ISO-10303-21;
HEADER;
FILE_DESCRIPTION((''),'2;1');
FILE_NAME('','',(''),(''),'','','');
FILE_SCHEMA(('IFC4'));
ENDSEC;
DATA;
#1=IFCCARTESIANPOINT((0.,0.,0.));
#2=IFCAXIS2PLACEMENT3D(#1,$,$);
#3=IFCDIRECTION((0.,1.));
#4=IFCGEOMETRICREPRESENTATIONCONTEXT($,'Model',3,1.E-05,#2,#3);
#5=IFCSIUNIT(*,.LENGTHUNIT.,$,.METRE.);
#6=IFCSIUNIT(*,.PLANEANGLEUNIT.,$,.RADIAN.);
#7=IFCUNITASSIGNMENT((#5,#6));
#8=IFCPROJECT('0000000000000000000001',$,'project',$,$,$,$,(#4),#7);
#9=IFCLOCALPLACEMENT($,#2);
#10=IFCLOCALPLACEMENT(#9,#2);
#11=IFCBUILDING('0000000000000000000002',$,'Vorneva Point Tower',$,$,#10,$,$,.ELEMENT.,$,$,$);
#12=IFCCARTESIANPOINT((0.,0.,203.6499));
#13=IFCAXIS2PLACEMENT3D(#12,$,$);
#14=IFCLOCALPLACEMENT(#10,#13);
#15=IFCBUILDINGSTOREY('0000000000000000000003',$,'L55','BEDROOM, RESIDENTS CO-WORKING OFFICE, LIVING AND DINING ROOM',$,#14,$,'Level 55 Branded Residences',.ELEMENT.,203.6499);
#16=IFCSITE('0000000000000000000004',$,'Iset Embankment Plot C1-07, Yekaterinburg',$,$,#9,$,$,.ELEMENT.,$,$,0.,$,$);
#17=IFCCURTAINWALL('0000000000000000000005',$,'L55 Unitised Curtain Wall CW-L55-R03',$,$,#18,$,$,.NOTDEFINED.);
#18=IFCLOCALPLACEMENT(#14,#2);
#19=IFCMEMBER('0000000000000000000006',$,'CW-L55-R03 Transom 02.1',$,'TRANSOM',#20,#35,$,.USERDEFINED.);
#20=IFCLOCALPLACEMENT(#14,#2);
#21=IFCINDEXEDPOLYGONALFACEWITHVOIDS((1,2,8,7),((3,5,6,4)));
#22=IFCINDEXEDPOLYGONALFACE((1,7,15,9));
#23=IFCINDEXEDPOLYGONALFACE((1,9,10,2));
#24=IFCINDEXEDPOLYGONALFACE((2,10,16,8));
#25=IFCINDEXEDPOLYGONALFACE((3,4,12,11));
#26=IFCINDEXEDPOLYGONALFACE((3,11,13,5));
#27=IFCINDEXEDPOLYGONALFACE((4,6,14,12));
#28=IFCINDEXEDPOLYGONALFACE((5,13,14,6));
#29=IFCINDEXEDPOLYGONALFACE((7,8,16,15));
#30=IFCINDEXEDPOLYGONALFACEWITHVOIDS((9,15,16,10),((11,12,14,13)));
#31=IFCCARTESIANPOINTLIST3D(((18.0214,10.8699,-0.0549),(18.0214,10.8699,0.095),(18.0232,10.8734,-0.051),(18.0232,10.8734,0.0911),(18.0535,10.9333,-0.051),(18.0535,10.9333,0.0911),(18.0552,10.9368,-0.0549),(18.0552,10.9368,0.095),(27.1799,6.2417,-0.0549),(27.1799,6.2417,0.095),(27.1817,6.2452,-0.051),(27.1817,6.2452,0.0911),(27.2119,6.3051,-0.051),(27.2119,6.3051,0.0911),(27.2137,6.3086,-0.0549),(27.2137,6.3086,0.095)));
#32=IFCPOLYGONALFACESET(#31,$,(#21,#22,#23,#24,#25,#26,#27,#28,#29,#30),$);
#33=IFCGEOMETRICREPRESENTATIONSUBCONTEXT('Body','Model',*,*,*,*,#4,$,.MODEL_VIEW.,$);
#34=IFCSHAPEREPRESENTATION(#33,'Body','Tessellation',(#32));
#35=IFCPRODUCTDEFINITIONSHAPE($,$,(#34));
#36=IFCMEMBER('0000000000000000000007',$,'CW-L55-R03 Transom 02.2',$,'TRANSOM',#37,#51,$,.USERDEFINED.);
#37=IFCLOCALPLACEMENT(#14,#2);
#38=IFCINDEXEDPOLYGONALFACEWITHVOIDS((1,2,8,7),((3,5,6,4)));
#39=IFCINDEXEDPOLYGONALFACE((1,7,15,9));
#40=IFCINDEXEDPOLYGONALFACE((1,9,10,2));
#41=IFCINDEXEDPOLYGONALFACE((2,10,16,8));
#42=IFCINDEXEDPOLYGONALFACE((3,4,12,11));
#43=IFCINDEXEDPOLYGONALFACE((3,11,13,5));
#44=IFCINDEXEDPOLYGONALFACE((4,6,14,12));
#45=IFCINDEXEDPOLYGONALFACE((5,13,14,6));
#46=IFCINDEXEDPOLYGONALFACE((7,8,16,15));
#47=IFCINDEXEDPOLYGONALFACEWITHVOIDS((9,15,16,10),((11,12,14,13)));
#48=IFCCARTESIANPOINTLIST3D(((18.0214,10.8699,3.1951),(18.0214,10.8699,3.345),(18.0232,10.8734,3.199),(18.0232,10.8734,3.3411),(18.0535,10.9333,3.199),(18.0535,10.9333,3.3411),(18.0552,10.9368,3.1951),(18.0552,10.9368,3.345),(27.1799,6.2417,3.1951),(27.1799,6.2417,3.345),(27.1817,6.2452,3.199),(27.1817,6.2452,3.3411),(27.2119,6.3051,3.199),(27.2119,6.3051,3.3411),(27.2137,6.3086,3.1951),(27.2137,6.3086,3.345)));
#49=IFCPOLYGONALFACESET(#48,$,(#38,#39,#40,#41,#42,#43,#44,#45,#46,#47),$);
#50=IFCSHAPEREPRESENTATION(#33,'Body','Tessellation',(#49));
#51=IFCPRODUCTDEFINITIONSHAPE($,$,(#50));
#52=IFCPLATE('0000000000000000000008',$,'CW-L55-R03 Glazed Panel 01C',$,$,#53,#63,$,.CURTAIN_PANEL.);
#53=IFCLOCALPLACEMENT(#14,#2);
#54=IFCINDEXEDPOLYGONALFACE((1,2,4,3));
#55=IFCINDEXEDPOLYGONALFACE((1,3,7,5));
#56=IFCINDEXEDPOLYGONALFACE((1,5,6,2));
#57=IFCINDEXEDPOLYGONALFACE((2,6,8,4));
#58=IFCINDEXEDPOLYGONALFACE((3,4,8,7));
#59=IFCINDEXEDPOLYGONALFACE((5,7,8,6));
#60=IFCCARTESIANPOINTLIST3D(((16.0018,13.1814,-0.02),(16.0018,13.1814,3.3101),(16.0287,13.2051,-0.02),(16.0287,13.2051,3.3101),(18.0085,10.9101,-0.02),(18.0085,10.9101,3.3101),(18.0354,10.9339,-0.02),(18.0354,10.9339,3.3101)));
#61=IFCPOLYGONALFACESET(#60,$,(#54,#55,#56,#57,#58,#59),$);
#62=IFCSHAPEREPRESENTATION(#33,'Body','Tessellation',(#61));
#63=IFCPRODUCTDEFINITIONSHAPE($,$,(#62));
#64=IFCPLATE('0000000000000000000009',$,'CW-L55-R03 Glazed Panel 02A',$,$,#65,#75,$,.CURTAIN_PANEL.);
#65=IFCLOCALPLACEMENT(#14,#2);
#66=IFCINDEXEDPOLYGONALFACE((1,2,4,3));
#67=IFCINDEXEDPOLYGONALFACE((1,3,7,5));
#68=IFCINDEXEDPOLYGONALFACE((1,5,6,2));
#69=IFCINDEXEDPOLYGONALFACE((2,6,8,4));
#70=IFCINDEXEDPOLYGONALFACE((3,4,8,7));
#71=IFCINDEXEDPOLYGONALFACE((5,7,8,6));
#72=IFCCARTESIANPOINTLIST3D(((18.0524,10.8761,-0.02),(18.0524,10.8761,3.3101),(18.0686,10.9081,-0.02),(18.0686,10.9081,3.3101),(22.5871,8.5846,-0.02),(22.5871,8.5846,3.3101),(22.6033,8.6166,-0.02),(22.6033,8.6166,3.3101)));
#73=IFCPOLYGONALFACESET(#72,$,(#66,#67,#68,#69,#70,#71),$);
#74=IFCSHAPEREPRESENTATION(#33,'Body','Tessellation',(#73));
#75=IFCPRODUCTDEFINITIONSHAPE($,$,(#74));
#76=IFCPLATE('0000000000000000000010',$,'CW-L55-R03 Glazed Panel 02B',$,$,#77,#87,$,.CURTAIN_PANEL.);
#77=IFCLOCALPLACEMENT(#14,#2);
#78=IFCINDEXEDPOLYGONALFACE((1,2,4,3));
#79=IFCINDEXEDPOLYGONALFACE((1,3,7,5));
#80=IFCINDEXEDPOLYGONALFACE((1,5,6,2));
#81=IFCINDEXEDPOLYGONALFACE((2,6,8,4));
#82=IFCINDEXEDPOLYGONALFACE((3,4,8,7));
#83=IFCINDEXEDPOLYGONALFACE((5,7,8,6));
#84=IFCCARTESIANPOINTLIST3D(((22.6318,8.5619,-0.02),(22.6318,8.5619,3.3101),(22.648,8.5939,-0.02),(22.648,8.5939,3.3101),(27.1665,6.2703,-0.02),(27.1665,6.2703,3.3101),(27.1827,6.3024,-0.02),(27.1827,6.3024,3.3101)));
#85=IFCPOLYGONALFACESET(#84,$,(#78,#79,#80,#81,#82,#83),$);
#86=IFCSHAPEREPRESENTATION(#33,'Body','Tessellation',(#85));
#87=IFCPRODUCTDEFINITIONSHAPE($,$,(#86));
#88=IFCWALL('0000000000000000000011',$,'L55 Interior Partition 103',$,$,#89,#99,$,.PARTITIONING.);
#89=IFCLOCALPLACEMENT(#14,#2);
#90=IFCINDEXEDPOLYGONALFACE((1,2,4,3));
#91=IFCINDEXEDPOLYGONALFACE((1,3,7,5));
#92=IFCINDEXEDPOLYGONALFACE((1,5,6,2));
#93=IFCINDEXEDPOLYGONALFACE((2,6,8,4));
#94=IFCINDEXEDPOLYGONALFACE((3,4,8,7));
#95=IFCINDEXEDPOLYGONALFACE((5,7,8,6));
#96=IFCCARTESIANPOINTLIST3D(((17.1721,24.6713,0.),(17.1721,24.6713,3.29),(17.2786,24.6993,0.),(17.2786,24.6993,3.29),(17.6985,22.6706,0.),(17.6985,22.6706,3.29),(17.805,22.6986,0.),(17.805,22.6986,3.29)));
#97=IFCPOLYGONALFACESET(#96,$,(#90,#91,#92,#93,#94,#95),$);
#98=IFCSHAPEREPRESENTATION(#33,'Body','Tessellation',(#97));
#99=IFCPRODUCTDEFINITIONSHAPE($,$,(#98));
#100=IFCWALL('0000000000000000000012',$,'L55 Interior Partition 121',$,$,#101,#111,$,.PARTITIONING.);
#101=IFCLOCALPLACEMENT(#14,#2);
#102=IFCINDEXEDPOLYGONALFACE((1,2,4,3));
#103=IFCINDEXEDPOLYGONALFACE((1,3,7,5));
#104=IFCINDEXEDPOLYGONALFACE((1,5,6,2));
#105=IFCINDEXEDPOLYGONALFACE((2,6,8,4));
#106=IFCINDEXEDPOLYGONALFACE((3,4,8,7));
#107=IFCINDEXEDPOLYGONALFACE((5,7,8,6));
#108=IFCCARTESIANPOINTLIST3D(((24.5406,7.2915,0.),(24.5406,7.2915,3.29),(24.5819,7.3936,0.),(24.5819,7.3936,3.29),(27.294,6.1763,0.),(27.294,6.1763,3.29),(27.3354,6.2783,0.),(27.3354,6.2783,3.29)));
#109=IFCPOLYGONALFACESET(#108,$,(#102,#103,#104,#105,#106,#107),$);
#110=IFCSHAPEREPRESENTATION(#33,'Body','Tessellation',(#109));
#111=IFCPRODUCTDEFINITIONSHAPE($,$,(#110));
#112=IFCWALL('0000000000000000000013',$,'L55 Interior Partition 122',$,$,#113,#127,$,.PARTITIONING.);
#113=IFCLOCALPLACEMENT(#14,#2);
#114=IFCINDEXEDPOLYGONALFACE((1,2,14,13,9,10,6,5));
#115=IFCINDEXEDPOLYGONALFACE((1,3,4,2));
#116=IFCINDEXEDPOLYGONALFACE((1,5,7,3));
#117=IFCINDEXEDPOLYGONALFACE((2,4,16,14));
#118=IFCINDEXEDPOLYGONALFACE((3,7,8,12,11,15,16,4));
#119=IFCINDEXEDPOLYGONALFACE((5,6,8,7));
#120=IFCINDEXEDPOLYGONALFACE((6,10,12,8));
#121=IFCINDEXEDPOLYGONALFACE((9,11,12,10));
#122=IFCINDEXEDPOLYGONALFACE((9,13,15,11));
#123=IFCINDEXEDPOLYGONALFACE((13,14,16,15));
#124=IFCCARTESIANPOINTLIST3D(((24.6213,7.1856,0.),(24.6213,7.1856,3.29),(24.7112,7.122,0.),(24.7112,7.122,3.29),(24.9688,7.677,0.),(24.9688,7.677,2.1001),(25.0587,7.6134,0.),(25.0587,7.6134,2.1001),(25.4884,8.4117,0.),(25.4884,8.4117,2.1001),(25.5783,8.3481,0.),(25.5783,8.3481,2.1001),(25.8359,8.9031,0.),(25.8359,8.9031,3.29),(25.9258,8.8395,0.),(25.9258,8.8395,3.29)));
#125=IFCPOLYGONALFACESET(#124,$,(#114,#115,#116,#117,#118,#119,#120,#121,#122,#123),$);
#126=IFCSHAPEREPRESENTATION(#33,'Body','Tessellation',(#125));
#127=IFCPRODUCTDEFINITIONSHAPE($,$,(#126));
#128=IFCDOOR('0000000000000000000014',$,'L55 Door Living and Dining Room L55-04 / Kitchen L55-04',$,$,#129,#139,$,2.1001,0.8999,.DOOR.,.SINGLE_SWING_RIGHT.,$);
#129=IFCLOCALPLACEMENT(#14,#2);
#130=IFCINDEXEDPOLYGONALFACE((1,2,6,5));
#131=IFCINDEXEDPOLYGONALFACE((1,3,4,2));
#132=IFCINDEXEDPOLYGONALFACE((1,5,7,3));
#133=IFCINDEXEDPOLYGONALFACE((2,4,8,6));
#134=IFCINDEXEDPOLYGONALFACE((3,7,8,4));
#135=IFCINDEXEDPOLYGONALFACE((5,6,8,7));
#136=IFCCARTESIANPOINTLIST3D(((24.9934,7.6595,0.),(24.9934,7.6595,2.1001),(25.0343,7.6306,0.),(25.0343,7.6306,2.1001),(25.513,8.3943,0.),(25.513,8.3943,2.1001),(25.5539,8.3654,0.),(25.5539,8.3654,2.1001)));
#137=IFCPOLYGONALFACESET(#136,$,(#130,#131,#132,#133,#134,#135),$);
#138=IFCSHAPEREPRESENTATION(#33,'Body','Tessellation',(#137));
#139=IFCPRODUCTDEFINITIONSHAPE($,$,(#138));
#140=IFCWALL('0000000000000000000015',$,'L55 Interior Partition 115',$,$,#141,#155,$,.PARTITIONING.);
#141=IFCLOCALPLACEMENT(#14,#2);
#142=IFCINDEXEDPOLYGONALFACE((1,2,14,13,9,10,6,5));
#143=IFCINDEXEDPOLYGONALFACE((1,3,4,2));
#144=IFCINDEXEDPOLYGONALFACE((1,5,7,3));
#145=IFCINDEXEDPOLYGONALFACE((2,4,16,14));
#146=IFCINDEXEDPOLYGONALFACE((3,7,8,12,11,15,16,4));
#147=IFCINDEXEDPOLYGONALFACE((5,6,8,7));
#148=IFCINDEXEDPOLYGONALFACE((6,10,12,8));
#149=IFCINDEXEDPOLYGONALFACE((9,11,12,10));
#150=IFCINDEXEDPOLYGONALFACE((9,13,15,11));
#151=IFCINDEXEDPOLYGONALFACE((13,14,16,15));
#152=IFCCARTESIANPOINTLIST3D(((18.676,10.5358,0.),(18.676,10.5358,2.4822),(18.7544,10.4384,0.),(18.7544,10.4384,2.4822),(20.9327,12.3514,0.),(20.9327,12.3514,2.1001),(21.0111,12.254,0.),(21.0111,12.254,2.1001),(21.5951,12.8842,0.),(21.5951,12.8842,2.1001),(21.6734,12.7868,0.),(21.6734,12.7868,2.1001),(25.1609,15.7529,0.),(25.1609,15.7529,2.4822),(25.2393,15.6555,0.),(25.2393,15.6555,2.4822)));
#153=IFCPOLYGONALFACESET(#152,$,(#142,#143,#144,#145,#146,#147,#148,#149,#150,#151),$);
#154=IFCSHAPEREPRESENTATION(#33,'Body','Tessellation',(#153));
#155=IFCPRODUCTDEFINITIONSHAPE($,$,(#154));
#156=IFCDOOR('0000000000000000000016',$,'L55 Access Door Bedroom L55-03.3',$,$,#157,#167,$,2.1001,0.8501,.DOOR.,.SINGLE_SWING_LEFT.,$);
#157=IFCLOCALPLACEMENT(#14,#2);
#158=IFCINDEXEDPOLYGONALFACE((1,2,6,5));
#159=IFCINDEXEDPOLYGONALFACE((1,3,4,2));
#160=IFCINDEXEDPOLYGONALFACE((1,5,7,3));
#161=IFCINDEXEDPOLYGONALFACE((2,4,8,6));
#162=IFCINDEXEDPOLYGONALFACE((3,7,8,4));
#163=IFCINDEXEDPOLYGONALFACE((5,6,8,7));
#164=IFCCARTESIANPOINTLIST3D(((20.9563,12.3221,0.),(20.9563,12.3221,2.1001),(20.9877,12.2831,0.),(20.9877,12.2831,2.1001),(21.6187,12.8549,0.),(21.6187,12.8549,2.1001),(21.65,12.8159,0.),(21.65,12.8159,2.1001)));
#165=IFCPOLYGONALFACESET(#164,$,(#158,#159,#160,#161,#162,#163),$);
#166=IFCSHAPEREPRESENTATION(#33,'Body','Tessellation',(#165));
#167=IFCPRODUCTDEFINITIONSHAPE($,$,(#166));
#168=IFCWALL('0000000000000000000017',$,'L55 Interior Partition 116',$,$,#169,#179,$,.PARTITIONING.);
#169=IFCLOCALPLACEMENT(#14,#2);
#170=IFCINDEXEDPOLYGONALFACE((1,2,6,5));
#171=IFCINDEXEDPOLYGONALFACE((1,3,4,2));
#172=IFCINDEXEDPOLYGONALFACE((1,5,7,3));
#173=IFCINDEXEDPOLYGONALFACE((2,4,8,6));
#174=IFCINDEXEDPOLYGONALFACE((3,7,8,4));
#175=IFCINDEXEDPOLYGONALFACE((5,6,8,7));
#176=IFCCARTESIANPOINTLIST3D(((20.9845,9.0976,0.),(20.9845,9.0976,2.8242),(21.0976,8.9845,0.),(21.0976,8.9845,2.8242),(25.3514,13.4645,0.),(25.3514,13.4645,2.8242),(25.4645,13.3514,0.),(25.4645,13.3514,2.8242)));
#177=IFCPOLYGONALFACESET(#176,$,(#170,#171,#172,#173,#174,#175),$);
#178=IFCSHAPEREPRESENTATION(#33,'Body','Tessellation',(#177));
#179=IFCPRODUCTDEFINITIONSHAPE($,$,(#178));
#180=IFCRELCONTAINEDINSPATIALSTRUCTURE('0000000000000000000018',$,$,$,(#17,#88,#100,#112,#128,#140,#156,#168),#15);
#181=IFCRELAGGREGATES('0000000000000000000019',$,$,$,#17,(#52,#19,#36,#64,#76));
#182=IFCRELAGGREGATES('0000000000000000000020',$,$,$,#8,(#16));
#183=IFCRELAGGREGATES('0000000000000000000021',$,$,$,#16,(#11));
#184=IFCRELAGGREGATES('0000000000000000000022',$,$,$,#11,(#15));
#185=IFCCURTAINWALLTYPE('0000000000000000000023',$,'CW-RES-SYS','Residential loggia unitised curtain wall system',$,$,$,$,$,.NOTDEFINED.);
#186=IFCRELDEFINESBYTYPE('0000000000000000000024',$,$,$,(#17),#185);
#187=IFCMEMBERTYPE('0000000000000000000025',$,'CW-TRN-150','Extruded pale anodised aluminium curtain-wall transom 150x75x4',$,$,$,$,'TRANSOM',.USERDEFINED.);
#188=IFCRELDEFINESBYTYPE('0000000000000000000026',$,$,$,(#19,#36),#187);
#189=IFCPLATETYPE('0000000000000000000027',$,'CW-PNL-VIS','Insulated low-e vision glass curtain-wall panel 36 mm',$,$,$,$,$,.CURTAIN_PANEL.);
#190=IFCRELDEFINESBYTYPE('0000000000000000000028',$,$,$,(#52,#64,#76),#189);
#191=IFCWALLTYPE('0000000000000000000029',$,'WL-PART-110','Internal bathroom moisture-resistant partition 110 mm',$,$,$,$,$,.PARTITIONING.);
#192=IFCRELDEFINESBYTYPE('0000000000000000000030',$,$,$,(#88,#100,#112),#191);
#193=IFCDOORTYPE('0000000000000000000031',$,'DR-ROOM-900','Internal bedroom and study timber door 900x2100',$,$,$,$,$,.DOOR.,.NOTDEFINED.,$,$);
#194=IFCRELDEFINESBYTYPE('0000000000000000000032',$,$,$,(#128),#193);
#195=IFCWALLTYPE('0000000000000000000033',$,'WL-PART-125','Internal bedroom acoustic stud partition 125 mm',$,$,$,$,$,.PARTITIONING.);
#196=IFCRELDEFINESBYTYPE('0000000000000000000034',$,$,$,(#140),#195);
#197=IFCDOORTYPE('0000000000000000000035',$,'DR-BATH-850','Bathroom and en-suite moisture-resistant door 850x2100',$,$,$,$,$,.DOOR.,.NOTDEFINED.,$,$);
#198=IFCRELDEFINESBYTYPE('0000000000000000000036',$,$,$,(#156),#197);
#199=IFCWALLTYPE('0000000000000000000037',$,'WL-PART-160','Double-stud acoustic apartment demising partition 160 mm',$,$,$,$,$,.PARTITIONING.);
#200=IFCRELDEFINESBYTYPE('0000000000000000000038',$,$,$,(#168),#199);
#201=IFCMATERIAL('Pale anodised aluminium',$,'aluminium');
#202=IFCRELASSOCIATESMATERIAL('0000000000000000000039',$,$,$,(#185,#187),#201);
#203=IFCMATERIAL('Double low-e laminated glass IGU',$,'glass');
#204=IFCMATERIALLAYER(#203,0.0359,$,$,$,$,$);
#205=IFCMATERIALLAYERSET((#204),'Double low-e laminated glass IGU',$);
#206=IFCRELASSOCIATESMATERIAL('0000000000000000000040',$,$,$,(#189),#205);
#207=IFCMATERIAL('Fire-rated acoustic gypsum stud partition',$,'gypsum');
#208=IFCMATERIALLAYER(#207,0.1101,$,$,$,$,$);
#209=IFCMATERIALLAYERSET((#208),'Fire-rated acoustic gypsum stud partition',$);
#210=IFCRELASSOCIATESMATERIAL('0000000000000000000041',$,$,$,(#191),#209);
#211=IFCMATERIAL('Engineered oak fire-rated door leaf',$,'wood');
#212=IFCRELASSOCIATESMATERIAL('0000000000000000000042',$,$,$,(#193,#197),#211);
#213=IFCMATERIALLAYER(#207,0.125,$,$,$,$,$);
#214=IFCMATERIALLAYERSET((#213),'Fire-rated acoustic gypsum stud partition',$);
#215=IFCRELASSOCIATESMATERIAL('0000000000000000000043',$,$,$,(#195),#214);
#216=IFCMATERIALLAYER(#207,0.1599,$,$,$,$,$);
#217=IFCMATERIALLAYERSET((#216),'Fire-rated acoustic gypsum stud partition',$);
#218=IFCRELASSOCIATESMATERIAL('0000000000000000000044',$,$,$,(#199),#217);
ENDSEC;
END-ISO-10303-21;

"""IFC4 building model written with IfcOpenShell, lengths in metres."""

from ifc_helpers import new_model, si_unit, direction, frame, frame_2d, origin, origin_2d, place, context, subcontext, project, spatial, rectangle, hollow_rectangle, extrude, material, layer, layer_set, material_profile, profile_set, type_object, element, fill, aggregate, save


model = new_model("IFC4")

# Units and contexts
model_context = context("Model", 3, precision=1e-05, world=origin(), true_north=direction((0.0, 1.0)))
body_context = subcontext(model_context, "Body", "Model", "MODEL_VIEW")
ifc_project = project(units=[si_unit("LENGTHUNIT", "METRE"), si_unit("PLANEANGLEUNIT", "RADIAN")], contexts=[model_context])

# Site, building, storey
site_placement = place(None, origin())
site = spatial("IfcSite", under=ifc_project, at=site_placement, Name="Iset Embankment Plot C1-07, Yekaterinburg", CompositionType="ELEMENT", RefElevation=0.0)
building_placement = place(site_placement, origin())
building = spatial("IfcBuilding", under=site, at=building_placement, Name="Vorneva Point Tower", CompositionType="ELEMENT")
storey_placement = place(building_placement, frame((0.0, 0.0, 203.6499)))
storey = spatial("IfcBuildingStorey", under=building, at=storey_placement, Name="L55", Description="BEDROOM, RESIDENTS CO-WORKING OFFICE, LIVING AND DINING ROOM", LongName="Level 55 Branded Residences", CompositionType="ELEMENT", Elevation=203.6499)

# Curtain wall, members, plates
ifc_material_1 = material(Name="Pale anodised aluminium", Category="aluminium")
curtain_wall_type = type_object("IfcCurtainWallType", Name="CW-RES-SYS", Description="Residential loggia unitised curtain wall system", PredefinedType="NOTDEFINED", material=ifc_material_1)
curtain_wall_placement = place(storey_placement, origin())
curtain_wall = element("IfcCurtainWall", 1, at=curtain_wall_placement, inside=storey, type_object=curtain_wall_type, Name="L55 Unitised Curtain Wall CW-L55-R03", PredefinedType="NOTDEFINED")
ifc_material_profile_1 = material_profile(ifc_material_1, hollow_rectangle(XDim=0.075, YDim=0.1499, WallThickness=0.0039, at=origin_2d()), Name="AL-TRN 150x75x4")
ifc_profile_set_1 = profile_set([ifc_material_profile_1], Name="Pale anodised aluminium")
member_type_1 = type_object("IfcMemberType", Name="CW-TRN-150", Description="Extruded pale anodised aluminium curtain-wall transom 150x75x4", ElementType="TRANSOM", PredefinedType="USERDEFINED", material=ifc_profile_set_1)
member_1_placement = place(storey_placement, frame((18.0383, 10.9033, 0.02), z_axis=(0.892511, -0.451026, 0.0), x_axis=(0.451026, 0.892511, 0.0)))
member_1 = element("IfcMember", 2, at=member_1_placement, type_object=member_type_1, Name="CW-L55-R03 Transom 02.1", ObjectType="TRANSOM", PredefinedType="USERDEFINED", context=body_context, shape_type="SweptSolid", body=[
    extrude(hollow_rectangle(XDim=0.075, YDim=0.1499, WallThickness=0.0039, at=origin_2d()), origin(), (0.0, 0.0, 1.0), 10.2615),
])
member_2_placement = place(storey_placement, frame((18.0383, 10.9033, 3.27), z_axis=(0.892511, -0.451026, 0.0), x_axis=(0.451026, 0.892511, 0.0)))
member_2 = element("IfcMember", 3, at=member_2_placement, type_object=member_type_1, Name="CW-L55-R03 Transom 02.2", ObjectType="TRANSOM", PredefinedType="USERDEFINED", context=body_context, shape_type="SweptSolid", body=[
    extrude(hollow_rectangle(XDim=0.075, YDim=0.1499, WallThickness=0.0039, at=origin_2d()), origin(), (0.0, 0.0, 1.0), 10.2615),
])
ifc_material_2 = material(Name="Double low-e laminated glass IGU", Category="glass")
ifc_layer_1 = layer(ifc_material_2, 0.0359)
ifc_layer_set_1 = layer_set([ifc_layer_1], Name="Double low-e laminated glass IGU")
plate_type = type_object("IfcPlateType", Name="CW-PNL-VIS", Description="Insulated low-e vision glass curtain-wall panel 36 mm", PredefinedType="CURTAIN_PANEL", material=ifc_layer_set_1)
plate_1_placement = place(storey_placement, frame((17.0186, 12.0576, -0.02), z_axis=(0.0, 0.0, 1.0), x_axis=(0.66211, -0.749407, 0.0)))
plate_1 = element("IfcPlate", 4, at=plate_1_placement, type_object=plate_type, Name="CW-L55-R03 Glazed Panel 01C", PredefinedType="CURTAIN_PANEL", context=body_context, shape_type="SweptSolid", body=[
    extrude(rectangle(XDim=3.0308, YDim=0.0359, at=origin_2d()), origin(), (0.0, 0.0, 1.0), 3.3301),
])
plate_2_placement = place(storey_placement, frame((20.3279, 9.7463, -0.02), z_axis=(0.0, 0.0, 1.0), x_axis=(0.892515, -0.451018, 0.0)))
plate_2 = element("IfcPlate", 5, at=plate_2_placement, type_object=plate_type, Name="CW-L55-R03 Glazed Panel 02A", PredefinedType="CURTAIN_PANEL", context=body_context, shape_type="SweptSolid", body=[
    extrude(rectangle(XDim=5.0808, YDim=0.0359, at=origin_2d()), origin(), (0.0, 0.0, 1.0), 3.3301),
])
plate_3_placement = place(storey_placement, frame((24.9072, 7.4321, -0.02), z_axis=(0.0, 0.0, 1.0), x_axis=(0.892515, -0.451018, 0.0)))
plate_3 = element("IfcPlate", 6, at=plate_3_placement, type_object=plate_type, Name="CW-L55-R03 Glazed Panel 02B", PredefinedType="CURTAIN_PANEL", context=body_context, shape_type="SweptSolid", body=[
    extrude(rectangle(XDim=5.0808, YDim=0.0359, at=origin_2d()), origin(), (0.0, 0.0, 1.0), 3.3301),
])
aggregate(curtain_wall, [plate_1, member_1, member_2, plate_2, plate_3])

# Walls
ifc_material_3 = material(Name="Fire-rated acoustic gypsum stud partition", Category="gypsum")
ifc_layer_2 = layer(ifc_material_3, 0.1101)
ifc_layer_set_2 = layer_set([ifc_layer_2], Name="Fire-rated acoustic gypsum stud partition")
wall_type_1 = type_object("IfcWallType", Name="WL-PART-110", Description="Internal bathroom moisture-resistant partition 110 mm", PredefinedType="PARTITIONING", material=ifc_layer_set_2)
wall_1_placement = place(storey_placement, frame((17.7517, 22.6846, 0.0), z_axis=(0.0, 0.0, 1.0), x_axis=(-0.254429, 0.967091, 0.0)))
element("IfcWall", 7, at=wall_1_placement, inside=storey, type_object=wall_type_1, Name="L55 Interior Partition 103", PredefinedType="PARTITIONING", context=body_context, shape_type="SweptSolid", body=[
    extrude(rectangle(XDim=2.0688, YDim=0.1101, at=frame_2d((1.0344, 0.0))), origin(), (0.0, 0.0, 1.0), 3.29),
])
wall_2_placement = place(storey_placement, frame((24.5613, 7.3425, 0.0), z_axis=(0.0, 0.0, 1.0), x_axis=(0.926858, -0.375411, 0.0)))
element("IfcWall", 8, at=wall_2_placement, inside=storey, type_object=wall_type_1, Name="L55 Interior Partition 121", PredefinedType="PARTITIONING", context=body_context, shape_type="SweptSolid", body=[
    extrude(rectangle(XDim=2.9707, YDim=0.1101, at=frame_2d((1.4854, 0.0))), origin(), (0.0, 0.0, 1.0), 3.29),
])

# Walls, openings, doors
wall_3_placement = place(storey_placement, frame((24.6663, 7.1538, 0.0), z_axis=(0.0, 0.0, 1.0), x_axis=(0.577389, 0.816469, 0.0)))
wall_3 = element("IfcWall", 9, at=wall_3_placement, inside=storey, type_object=wall_type_1, Name="L55 Interior Partition 122", PredefinedType="PARTITIONING", context=body_context, shape_type="SweptSolid", body=[
    extrude(rectangle(XDim=2.1035, YDim=0.1101, at=frame_2d((1.0518, 0.0))), origin(), (0.0, 0.0, 1.0), 3.29),
])
opening_1_placement = place(wall_3_placement, frame((0.6018, 0.0, 0.0)))
opening_1 = element("IfcOpeningElement", 10, at=opening_1_placement, cuts=wall_3, PredefinedType="OPENING", context=body_context, shape_type="SweptSolid", body=[
    extrude(rectangle(XDim=0.8999, YDim=2.1001, at=frame_2d((0.45, 1.05))), frame((0.0, 0.0698, 0.0), z_axis=(0.0, -1.0, 0.0), x_axis=(1.0, 0.0, 0.0)), (0.0, 0.0, 1.0), 0.1399),
])
ifc_material_4 = material(Name="Engineered oak fire-rated door leaf", Category="wood")
door_type_1 = type_object("IfcDoorType", Name="DR-ROOM-900", Description="Internal bedroom and study timber door 900x2100", OperationType="NOTDEFINED", PredefinedType="DOOR", material=ifc_material_4)
door_1_placement = place(opening_1_placement, origin())
door_1 = element("IfcDoor", 11, at=door_1_placement, inside=storey, type_object=door_type_1, Name="L55 Door Living and Dining Room L55-04 / Kitchen L55-04", OperationType="SINGLE_SWING_RIGHT", OverallHeight=2.1001, OverallWidth=0.8999, PredefinedType="DOOR", context=body_context, shape_type="SweptSolid", body=[
    extrude(rectangle(XDim=0.8999, YDim=2.1001, at=frame_2d((0.45, 1.05))), frame((0.0, 0.0249, 0.0), z_axis=(0.0, -1.0, 0.0), x_axis=(1.0, 0.0, 0.0)), (0.0, 0.0, 1.0), 0.05),
])
fill(opening_1, door_1)
ifc_layer_3 = layer(ifc_material_3, 0.125)
ifc_layer_set_3 = layer_set([ifc_layer_3], Name="Fire-rated acoustic gypsum stud partition")
wall_type_2 = type_object("IfcWallType", Name="WL-PART-125", Description="Internal bedroom acoustic stud partition 125 mm", PredefinedType="PARTITIONING", material=ifc_layer_set_3)
wall_4_placement = place(storey_placement, frame((18.7151, 10.4871, 0.0), z_axis=(0.0, 0.0, 1.0), x_axis=(0.779157, 0.626828, 0.0)))
wall_4 = element("IfcWall", 12, at=wall_4_placement, inside=storey, type_object=wall_type_2, Name="L55 Interior Partition 115", PredefinedType="PARTITIONING", context=body_context, shape_type="SweptSolid", body=[
    extrude(rectangle(XDim=8.323, YDim=0.125, at=frame_2d((4.1616, 0.0))), origin(), (0.0, 0.0, 1.0), 2.4822),
])
opening_2_placement = place(wall_4_placement, frame((2.8965, 0.0, 0.0)))
opening_2 = element("IfcOpeningElement", 13, at=opening_2_placement, cuts=wall_4, PredefinedType="OPENING", context=body_context, shape_type="SweptSolid", body=[
    extrude(rectangle(XDim=0.8501, YDim=2.1001, at=frame_2d((0.425, 1.05))), frame((0.0, 0.0774, 0.0), z_axis=(0.0, -1.0, 0.0), x_axis=(1.0, 0.0, 0.0)), (0.0, 0.0, 1.0), 0.1548),
])
door_type_2 = type_object("IfcDoorType", Name="DR-BATH-850", Description="Bathroom and en-suite moisture-resistant door 850x2100", OperationType="NOTDEFINED", PredefinedType="DOOR", material=ifc_material_4)
door_2_placement = place(opening_2_placement, origin())
door_2 = element("IfcDoor", 14, at=door_2_placement, inside=storey, type_object=door_type_2, Name="L55 Access Door Bedroom L55-03.3", OperationType="SINGLE_SWING_LEFT", OverallHeight=2.1001, OverallWidth=0.8501, PredefinedType="DOOR", context=body_context, shape_type="SweptSolid", body=[
    extrude(rectangle(XDim=0.8501, YDim=2.1001, at=frame_2d((0.425, 1.05))), frame((0.0, 0.0249, 0.0), z_axis=(0.0, -1.0, 0.0), x_axis=(1.0, 0.0, 0.0)), (0.0, 0.0, 1.0), 0.05),
])
fill(opening_2, door_2)

# Wall
ifc_layer_4 = layer(ifc_material_3, 0.1599)
ifc_layer_set_4 = layer_set([ifc_layer_4], Name="Fire-rated acoustic gypsum stud partition")
wall_type_3 = type_object("IfcWallType", Name="WL-PART-160", Description="Double-stud acoustic apartment demising partition 160 mm", PredefinedType="PARTITIONING", material=ifc_layer_set_4)
wall_5_placement = place(storey_placement, frame((21.041, 9.041, 0.0), z_axis=(0.0, 0.0, 1.0), x_axis=(0.707107, 0.707107, 0.0)))
element("IfcWall", 15, at=wall_5_placement, inside=storey, type_object=wall_type_3, Name="L55 Interior Partition 116", PredefinedType="PARTITIONING", context=body_context, shape_type="SweptSolid", body=[
    extrude(rectangle(XDim=6.1758, YDim=0.1599, at=frame_2d((3.0879, 0.0))), origin(), (0.0, 0.0, 1.0), 2.8242),
])

save(model, "model.ifc")
